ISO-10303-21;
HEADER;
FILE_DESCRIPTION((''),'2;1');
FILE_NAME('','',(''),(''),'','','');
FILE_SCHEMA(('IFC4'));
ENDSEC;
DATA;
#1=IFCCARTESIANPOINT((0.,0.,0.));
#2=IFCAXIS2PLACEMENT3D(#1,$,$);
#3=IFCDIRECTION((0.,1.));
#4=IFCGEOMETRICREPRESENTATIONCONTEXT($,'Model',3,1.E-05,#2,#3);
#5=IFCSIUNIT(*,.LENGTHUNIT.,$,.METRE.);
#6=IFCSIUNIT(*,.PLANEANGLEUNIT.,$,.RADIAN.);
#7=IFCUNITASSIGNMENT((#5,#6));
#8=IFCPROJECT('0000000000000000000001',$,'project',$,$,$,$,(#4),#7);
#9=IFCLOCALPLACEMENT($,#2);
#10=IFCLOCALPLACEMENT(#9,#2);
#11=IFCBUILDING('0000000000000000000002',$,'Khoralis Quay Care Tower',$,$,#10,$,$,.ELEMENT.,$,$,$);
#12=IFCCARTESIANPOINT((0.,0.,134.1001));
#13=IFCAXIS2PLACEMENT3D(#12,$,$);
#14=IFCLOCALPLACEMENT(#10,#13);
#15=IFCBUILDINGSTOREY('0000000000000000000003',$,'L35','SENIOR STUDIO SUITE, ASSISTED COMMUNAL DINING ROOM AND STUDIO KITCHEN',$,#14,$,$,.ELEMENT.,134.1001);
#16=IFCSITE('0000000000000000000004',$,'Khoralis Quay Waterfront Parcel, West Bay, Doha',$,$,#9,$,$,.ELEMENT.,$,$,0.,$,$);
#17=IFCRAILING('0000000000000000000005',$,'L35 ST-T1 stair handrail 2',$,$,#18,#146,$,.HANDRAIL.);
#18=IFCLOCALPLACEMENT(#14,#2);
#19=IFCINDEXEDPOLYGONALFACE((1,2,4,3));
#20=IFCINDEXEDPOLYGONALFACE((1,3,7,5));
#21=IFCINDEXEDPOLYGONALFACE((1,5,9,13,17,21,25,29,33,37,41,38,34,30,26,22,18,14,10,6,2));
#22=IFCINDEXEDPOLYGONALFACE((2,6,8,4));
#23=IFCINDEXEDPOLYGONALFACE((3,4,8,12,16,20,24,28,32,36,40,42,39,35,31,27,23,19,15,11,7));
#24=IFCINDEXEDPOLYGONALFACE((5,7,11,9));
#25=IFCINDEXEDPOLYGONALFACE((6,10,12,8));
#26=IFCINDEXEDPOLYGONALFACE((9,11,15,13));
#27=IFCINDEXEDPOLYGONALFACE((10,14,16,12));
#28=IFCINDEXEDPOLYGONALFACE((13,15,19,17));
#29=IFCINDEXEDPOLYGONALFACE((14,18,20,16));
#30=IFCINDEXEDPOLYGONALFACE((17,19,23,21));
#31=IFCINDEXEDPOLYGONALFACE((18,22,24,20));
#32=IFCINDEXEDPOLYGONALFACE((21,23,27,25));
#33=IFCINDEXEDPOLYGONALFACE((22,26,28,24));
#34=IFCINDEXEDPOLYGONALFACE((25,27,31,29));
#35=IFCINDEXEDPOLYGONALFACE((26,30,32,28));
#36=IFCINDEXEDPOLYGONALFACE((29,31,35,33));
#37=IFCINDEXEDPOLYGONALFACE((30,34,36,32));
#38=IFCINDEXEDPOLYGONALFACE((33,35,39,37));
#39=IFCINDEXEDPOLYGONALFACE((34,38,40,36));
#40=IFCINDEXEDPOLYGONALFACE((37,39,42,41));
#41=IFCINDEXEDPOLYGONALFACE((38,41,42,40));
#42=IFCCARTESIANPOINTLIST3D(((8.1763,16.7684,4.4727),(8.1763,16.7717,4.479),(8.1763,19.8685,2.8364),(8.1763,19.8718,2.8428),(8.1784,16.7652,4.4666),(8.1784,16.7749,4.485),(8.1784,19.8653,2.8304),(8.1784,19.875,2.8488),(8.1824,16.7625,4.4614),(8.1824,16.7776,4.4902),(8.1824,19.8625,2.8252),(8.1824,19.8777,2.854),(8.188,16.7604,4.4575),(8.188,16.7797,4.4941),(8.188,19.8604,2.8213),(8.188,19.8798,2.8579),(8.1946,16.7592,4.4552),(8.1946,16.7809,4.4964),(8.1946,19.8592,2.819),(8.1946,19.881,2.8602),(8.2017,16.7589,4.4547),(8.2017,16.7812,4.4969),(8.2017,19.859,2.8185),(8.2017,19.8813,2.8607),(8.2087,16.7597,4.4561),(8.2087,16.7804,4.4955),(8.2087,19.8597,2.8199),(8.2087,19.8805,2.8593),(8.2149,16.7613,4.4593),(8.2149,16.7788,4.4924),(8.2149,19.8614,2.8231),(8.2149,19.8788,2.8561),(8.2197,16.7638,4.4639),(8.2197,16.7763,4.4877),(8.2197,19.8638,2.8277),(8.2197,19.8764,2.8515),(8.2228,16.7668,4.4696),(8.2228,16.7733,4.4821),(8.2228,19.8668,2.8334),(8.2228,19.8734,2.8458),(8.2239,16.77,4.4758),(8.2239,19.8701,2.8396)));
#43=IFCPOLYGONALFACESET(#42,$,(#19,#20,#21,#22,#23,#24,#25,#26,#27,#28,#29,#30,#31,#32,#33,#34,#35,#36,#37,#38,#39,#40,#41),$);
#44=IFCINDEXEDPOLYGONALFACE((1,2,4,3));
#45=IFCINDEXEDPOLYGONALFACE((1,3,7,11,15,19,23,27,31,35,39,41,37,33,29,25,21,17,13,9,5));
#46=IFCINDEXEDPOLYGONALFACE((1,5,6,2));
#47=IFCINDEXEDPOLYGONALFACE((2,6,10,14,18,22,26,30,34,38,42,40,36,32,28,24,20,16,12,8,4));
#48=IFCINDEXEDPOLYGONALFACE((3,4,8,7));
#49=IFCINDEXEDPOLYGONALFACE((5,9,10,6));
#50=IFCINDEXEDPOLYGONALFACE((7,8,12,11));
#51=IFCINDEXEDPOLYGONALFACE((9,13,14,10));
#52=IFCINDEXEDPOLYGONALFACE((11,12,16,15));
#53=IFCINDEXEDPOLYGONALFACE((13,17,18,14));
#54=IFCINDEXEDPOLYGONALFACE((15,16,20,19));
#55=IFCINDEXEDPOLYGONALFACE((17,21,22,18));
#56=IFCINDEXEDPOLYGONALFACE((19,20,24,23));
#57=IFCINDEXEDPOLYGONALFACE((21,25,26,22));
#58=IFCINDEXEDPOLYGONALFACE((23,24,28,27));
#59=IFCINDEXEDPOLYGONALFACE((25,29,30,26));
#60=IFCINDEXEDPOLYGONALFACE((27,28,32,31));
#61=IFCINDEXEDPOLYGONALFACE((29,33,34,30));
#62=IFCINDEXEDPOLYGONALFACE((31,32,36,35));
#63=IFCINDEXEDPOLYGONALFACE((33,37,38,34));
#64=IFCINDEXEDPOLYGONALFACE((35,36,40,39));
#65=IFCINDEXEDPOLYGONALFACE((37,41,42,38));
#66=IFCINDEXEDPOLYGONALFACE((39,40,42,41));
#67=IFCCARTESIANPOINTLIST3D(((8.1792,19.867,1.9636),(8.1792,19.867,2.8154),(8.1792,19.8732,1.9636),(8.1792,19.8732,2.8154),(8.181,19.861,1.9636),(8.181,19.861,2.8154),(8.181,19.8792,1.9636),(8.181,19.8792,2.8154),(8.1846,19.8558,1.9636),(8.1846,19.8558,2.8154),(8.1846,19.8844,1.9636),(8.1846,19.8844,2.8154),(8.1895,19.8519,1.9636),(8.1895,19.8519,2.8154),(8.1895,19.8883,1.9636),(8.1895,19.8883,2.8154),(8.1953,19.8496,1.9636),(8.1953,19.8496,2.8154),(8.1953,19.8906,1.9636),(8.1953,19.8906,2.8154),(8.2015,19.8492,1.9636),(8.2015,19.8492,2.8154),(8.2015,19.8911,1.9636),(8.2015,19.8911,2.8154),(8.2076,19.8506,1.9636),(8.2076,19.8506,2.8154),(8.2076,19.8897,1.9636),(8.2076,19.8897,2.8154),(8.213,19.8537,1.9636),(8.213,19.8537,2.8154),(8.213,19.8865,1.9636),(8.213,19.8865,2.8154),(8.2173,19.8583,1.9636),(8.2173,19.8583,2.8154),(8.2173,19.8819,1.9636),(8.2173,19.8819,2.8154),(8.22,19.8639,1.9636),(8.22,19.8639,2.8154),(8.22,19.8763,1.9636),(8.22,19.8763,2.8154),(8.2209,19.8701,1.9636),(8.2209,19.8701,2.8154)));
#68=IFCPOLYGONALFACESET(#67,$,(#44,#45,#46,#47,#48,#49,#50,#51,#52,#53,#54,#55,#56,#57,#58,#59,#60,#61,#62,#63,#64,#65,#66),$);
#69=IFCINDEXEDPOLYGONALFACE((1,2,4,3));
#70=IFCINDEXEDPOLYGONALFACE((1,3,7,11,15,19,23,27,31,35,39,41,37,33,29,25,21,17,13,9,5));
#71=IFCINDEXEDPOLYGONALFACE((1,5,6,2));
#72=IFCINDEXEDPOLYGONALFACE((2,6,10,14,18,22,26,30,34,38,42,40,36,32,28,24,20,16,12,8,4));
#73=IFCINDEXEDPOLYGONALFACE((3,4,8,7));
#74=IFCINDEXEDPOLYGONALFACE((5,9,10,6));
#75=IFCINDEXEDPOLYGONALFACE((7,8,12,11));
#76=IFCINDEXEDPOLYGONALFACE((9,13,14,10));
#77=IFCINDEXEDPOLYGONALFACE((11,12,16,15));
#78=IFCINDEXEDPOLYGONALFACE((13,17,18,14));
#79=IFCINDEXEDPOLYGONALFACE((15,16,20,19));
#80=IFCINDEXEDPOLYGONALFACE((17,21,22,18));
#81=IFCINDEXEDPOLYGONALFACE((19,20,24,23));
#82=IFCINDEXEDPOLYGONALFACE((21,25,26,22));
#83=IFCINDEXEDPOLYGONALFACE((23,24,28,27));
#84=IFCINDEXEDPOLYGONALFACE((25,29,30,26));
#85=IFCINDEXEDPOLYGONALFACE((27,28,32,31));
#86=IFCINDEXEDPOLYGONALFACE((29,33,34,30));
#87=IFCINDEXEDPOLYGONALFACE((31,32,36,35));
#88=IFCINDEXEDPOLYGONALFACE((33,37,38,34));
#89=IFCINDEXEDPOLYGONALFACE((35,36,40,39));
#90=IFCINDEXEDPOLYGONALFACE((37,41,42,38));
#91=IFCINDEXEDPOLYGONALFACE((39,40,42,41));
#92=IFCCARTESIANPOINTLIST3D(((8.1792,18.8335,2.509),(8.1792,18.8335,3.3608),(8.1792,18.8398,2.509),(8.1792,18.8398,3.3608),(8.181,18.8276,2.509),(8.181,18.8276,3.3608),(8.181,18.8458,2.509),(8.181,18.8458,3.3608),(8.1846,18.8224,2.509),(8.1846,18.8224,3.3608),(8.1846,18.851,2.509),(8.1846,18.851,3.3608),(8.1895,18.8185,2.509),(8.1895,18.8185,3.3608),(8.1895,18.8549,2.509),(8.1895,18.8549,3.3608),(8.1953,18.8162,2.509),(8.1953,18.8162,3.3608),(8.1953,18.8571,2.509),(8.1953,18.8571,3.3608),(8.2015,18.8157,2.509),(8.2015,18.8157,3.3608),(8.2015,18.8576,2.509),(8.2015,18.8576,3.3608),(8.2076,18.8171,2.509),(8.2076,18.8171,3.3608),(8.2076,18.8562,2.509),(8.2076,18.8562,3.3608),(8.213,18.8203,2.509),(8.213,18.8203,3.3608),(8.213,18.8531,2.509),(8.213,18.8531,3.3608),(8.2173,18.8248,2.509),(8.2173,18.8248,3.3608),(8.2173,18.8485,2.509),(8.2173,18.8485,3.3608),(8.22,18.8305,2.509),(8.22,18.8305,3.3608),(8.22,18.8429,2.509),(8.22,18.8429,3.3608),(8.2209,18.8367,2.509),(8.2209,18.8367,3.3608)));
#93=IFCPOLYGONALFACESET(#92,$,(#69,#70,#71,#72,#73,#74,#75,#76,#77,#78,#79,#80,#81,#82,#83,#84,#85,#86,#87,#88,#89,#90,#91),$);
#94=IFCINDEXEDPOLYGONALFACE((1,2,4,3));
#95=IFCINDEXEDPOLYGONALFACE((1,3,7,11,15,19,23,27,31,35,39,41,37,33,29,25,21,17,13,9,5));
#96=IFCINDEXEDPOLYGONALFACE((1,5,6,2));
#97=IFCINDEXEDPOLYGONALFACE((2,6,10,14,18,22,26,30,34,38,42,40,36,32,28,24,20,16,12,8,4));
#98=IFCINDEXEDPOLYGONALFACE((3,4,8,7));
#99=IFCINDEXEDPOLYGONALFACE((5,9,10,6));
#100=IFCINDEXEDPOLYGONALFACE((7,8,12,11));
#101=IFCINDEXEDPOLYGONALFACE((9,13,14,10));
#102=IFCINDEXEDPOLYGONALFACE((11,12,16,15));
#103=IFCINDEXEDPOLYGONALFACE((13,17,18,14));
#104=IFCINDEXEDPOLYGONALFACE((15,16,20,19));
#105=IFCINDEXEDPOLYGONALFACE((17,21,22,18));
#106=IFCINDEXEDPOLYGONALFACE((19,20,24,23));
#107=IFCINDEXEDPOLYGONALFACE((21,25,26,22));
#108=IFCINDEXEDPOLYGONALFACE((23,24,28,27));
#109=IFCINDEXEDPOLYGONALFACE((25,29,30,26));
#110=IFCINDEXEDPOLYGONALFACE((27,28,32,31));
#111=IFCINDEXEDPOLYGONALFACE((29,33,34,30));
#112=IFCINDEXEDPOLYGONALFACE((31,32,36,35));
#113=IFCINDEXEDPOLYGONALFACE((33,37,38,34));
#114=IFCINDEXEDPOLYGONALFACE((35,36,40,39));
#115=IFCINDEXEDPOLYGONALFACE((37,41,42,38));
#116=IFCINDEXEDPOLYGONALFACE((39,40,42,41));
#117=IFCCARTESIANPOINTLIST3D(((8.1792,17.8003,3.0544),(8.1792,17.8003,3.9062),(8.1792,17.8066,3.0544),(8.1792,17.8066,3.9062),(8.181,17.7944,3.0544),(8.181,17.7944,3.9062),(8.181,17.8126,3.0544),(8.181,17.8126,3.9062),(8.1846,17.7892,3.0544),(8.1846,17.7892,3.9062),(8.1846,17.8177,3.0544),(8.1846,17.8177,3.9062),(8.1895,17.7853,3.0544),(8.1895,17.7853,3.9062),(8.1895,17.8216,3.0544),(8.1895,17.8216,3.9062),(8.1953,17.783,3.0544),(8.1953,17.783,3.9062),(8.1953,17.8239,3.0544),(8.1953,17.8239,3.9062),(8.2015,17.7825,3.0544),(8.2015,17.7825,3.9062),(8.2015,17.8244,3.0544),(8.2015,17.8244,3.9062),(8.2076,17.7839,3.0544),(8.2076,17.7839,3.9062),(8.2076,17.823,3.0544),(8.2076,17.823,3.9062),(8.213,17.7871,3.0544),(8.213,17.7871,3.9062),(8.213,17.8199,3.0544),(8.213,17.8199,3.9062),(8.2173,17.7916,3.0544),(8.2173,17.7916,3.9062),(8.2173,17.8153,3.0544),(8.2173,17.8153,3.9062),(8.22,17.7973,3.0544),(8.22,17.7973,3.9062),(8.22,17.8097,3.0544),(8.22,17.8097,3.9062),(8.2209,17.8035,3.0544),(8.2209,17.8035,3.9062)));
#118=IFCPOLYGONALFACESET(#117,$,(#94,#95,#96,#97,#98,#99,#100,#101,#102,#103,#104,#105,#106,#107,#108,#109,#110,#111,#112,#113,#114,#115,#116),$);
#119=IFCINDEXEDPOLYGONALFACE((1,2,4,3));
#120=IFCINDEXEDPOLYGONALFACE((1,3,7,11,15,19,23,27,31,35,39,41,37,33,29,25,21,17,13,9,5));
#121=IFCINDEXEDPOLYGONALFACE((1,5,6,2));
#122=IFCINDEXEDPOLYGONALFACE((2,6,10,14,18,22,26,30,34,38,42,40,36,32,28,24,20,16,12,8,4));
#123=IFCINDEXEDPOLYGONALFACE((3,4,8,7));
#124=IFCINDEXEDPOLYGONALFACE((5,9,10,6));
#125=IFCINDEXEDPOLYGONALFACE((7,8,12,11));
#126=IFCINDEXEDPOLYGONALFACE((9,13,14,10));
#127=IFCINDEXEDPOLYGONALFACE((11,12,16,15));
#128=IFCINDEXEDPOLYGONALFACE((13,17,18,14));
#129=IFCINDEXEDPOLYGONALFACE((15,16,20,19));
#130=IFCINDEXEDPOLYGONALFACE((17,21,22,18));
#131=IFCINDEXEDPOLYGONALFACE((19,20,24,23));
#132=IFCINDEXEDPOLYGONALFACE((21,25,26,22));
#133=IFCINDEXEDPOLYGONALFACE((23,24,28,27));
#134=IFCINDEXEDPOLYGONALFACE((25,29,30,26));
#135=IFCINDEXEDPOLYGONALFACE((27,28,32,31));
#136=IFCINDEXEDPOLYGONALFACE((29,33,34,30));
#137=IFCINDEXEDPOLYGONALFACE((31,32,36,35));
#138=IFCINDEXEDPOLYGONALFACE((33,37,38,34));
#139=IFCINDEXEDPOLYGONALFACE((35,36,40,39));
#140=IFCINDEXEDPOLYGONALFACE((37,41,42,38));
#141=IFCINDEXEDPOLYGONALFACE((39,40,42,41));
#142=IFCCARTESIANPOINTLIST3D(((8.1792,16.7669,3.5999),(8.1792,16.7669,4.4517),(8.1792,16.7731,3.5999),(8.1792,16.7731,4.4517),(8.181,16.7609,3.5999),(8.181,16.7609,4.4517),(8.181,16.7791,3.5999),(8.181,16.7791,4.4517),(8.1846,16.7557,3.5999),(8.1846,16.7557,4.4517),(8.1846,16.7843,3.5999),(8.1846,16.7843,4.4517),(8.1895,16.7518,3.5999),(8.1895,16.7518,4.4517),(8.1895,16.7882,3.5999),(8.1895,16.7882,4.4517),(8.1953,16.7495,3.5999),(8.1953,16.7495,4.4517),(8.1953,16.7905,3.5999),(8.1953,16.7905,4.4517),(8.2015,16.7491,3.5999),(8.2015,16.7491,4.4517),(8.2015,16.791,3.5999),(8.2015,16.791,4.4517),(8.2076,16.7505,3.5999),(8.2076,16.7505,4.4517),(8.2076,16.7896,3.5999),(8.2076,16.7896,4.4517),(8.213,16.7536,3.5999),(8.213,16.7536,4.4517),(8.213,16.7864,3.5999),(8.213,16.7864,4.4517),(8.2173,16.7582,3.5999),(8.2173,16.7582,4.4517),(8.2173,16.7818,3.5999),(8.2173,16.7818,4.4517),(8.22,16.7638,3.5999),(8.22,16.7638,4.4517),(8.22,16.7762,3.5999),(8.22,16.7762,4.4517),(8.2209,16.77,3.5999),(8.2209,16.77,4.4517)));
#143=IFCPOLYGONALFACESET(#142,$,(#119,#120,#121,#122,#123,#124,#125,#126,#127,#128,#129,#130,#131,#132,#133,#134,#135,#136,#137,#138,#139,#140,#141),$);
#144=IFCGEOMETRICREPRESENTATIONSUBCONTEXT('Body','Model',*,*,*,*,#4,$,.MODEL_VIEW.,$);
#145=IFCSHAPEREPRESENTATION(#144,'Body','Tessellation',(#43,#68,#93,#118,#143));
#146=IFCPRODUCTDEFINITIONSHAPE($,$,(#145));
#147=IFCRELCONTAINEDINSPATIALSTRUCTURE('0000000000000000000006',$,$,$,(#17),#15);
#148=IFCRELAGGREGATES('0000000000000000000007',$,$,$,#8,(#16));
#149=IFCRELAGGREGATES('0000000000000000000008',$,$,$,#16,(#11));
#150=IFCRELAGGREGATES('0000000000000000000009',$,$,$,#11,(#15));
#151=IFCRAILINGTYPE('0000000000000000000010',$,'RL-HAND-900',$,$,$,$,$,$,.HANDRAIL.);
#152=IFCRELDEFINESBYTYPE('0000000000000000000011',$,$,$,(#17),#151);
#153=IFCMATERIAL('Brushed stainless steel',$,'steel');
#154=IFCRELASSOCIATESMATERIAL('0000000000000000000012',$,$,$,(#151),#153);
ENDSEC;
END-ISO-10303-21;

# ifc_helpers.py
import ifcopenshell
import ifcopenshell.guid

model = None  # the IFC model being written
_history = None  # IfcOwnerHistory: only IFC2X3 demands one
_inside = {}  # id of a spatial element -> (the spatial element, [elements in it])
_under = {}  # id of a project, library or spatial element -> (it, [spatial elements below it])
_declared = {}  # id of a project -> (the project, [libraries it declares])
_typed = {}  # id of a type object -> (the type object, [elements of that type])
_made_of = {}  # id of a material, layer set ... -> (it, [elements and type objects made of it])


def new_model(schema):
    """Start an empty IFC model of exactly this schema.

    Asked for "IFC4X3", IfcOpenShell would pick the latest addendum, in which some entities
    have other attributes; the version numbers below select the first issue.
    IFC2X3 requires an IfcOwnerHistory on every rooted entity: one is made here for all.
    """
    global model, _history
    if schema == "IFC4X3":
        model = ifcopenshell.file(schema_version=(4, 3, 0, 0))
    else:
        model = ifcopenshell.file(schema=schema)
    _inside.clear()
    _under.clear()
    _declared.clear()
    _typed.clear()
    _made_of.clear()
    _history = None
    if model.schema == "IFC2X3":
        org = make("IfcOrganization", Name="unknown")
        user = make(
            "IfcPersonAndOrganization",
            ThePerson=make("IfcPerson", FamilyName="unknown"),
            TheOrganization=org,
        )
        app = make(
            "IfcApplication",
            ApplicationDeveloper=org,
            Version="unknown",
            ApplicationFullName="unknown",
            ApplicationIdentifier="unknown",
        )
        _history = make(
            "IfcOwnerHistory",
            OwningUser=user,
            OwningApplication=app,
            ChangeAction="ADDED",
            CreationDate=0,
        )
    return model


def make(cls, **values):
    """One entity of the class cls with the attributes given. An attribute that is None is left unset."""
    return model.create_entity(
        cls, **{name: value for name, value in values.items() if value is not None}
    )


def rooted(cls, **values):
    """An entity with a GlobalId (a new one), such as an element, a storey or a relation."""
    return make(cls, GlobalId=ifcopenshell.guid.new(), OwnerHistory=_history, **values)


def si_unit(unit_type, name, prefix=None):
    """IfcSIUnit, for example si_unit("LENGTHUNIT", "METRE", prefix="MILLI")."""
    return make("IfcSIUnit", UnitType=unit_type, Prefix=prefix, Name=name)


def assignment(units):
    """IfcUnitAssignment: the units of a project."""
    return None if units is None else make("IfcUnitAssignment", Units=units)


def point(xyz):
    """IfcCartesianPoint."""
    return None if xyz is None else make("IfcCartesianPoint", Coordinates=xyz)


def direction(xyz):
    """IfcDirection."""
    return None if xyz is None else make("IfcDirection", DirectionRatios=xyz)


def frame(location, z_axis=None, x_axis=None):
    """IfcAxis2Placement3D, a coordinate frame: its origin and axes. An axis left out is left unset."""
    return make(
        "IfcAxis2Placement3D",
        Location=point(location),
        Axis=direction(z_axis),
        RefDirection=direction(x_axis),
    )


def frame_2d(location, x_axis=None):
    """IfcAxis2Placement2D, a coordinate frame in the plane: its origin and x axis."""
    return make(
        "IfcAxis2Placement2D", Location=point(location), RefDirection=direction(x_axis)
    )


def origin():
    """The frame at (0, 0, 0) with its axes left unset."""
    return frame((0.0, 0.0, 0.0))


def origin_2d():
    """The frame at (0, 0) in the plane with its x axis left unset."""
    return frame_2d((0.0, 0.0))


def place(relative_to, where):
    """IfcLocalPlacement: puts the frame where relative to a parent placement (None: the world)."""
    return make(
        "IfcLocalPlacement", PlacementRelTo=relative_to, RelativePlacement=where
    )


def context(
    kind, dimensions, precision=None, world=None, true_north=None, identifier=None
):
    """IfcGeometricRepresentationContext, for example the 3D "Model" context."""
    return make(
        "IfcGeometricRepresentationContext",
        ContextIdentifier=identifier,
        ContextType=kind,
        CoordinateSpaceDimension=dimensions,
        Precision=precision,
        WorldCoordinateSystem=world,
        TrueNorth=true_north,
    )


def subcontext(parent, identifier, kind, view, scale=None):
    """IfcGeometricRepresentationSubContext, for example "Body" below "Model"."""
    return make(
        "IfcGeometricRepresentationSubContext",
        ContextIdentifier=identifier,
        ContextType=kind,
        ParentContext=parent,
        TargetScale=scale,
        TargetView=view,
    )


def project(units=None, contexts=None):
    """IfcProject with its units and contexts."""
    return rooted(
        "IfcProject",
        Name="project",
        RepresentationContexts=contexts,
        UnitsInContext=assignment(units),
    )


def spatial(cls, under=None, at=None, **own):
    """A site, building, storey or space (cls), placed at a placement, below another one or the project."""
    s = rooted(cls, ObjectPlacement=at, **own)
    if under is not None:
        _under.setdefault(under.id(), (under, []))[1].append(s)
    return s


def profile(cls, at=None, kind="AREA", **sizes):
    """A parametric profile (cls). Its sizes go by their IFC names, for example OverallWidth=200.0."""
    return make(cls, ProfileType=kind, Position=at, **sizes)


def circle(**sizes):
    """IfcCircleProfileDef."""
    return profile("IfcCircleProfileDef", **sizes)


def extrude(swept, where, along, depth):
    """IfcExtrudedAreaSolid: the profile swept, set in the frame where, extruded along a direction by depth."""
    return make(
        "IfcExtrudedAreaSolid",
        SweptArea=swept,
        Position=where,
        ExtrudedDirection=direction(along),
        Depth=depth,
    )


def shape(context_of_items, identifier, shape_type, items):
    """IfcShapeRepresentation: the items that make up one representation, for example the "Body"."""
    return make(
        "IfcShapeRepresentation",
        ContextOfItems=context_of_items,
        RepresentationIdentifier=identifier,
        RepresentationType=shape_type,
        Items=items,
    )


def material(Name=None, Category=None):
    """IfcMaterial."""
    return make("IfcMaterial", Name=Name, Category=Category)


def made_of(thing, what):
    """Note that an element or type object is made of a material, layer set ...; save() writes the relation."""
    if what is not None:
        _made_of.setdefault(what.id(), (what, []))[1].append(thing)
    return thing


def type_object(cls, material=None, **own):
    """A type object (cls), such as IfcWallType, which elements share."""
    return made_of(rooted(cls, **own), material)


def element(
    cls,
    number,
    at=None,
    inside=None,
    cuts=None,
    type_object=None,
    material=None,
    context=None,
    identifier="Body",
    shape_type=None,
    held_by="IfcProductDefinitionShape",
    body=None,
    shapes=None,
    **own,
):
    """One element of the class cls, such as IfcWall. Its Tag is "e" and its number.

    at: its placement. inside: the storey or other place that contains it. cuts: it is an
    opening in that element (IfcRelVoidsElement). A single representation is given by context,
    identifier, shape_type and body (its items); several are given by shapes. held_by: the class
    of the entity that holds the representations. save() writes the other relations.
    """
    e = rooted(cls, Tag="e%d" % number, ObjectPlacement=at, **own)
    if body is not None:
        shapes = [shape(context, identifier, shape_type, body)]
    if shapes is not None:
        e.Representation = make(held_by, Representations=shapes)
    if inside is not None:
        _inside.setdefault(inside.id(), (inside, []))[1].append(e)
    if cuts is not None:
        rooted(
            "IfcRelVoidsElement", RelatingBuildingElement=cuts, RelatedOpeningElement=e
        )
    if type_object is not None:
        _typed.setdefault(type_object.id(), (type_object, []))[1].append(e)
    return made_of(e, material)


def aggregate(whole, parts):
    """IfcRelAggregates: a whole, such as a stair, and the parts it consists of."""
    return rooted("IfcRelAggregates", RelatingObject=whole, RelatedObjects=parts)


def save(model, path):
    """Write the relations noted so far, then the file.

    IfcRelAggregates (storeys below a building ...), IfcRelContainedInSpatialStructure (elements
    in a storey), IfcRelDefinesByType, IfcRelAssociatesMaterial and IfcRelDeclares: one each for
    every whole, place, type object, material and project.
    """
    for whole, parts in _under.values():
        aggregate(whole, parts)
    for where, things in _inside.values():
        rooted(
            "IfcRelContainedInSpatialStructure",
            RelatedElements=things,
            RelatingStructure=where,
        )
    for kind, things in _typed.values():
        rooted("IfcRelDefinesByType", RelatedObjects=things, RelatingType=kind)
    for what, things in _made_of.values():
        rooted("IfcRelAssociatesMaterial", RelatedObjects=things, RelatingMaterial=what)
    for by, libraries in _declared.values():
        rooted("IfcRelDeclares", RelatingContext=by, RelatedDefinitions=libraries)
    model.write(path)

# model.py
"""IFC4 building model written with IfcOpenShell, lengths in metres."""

from ifc_helpers import new_model, si_unit, direction, frame, origin, origin_2d, place, context, subcontext, project, spatial, circle, extrude, material, type_object, element, save


model = new_model("IFC4")

# Units and contexts
model_context = context("Model", 3, precision=1e-05, world=origin(), true_north=direction((0.0, 1.0)))
body_context = subcontext(model_context, "Body", "Model", "MODEL_VIEW")
ifc_project = project(units=[si_unit("LENGTHUNIT", "METRE"), si_unit("PLANEANGLEUNIT", "RADIAN")], contexts=[model_context])

# Site, building, storey
site_placement = place(None, origin())
site = spatial("IfcSite", under=ifc_project, at=site_placement, Name="Khoralis Quay Waterfront Parcel, West Bay, Doha", CompositionType="ELEMENT", RefElevation=0.0)
building_placement = place(site_placement, origin())
building = spatial("IfcBuilding", under=site, at=building_placement, Name="Khoralis Quay Care Tower", CompositionType="ELEMENT")
storey_placement = place(building_placement, frame((0.0, 0.0, 134.1001)))
storey = spatial("IfcBuildingStorey", under=building, at=storey_placement, Name="L35", Description="SENIOR STUDIO SUITE, ASSISTED COMMUNAL DINING ROOM AND STUDIO KITCHEN", CompositionType="ELEMENT", Elevation=134.1001)

# Shared definitions
ifc_material_1 = material(Name="Brushed stainless steel", Category="steel")

# Railing
railing_type_1 = type_object("IfcRailingType", Name="RL-HAND-900", PredefinedType="HANDRAIL", material=ifc_material_1)
railing_1_placement = place(storey_placement, frame((8.2, 19.8701, 1.9636)))
element("IfcRailing", 1, at=railing_1_placement, inside=storey, type_object=railing_type_1, Name="L35 ST-T1 stair handrail 2", PredefinedType="HANDRAIL", context=body_context, shape_type="SweptSolid", body=[
    extrude(circle(Radius=0.0239, at=origin_2d()), frame((0.0, 0.0, 0.876), z_axis=(0.0, -0.884377, 0.466774), x_axis=(1.0, 0.0, 0.0)), (0.0, 0.0, 1.0), 3.5054),
    extrude(circle(Radius=0.021, at=origin_2d()), origin(), (0.0, 0.0, 1.0), 0.8518),
    extrude(circle(Radius=0.021, at=origin_2d()), frame((0.0, -1.0334, 0.5454)), (0.0, 0.0, 1.0), 0.8518),
    extrude(circle(Radius=0.021, at=origin_2d()), frame((0.0, -2.0667, 1.0908)), (0.0, 0.0, 1.0), 0.8518),
    extrude(circle(Radius=0.021, at=origin_2d()), frame((0.0, -3.1001, 1.6362)), (0.0, 0.0, 1.0), 0.8518),
])

save(model, "model.ifc")
